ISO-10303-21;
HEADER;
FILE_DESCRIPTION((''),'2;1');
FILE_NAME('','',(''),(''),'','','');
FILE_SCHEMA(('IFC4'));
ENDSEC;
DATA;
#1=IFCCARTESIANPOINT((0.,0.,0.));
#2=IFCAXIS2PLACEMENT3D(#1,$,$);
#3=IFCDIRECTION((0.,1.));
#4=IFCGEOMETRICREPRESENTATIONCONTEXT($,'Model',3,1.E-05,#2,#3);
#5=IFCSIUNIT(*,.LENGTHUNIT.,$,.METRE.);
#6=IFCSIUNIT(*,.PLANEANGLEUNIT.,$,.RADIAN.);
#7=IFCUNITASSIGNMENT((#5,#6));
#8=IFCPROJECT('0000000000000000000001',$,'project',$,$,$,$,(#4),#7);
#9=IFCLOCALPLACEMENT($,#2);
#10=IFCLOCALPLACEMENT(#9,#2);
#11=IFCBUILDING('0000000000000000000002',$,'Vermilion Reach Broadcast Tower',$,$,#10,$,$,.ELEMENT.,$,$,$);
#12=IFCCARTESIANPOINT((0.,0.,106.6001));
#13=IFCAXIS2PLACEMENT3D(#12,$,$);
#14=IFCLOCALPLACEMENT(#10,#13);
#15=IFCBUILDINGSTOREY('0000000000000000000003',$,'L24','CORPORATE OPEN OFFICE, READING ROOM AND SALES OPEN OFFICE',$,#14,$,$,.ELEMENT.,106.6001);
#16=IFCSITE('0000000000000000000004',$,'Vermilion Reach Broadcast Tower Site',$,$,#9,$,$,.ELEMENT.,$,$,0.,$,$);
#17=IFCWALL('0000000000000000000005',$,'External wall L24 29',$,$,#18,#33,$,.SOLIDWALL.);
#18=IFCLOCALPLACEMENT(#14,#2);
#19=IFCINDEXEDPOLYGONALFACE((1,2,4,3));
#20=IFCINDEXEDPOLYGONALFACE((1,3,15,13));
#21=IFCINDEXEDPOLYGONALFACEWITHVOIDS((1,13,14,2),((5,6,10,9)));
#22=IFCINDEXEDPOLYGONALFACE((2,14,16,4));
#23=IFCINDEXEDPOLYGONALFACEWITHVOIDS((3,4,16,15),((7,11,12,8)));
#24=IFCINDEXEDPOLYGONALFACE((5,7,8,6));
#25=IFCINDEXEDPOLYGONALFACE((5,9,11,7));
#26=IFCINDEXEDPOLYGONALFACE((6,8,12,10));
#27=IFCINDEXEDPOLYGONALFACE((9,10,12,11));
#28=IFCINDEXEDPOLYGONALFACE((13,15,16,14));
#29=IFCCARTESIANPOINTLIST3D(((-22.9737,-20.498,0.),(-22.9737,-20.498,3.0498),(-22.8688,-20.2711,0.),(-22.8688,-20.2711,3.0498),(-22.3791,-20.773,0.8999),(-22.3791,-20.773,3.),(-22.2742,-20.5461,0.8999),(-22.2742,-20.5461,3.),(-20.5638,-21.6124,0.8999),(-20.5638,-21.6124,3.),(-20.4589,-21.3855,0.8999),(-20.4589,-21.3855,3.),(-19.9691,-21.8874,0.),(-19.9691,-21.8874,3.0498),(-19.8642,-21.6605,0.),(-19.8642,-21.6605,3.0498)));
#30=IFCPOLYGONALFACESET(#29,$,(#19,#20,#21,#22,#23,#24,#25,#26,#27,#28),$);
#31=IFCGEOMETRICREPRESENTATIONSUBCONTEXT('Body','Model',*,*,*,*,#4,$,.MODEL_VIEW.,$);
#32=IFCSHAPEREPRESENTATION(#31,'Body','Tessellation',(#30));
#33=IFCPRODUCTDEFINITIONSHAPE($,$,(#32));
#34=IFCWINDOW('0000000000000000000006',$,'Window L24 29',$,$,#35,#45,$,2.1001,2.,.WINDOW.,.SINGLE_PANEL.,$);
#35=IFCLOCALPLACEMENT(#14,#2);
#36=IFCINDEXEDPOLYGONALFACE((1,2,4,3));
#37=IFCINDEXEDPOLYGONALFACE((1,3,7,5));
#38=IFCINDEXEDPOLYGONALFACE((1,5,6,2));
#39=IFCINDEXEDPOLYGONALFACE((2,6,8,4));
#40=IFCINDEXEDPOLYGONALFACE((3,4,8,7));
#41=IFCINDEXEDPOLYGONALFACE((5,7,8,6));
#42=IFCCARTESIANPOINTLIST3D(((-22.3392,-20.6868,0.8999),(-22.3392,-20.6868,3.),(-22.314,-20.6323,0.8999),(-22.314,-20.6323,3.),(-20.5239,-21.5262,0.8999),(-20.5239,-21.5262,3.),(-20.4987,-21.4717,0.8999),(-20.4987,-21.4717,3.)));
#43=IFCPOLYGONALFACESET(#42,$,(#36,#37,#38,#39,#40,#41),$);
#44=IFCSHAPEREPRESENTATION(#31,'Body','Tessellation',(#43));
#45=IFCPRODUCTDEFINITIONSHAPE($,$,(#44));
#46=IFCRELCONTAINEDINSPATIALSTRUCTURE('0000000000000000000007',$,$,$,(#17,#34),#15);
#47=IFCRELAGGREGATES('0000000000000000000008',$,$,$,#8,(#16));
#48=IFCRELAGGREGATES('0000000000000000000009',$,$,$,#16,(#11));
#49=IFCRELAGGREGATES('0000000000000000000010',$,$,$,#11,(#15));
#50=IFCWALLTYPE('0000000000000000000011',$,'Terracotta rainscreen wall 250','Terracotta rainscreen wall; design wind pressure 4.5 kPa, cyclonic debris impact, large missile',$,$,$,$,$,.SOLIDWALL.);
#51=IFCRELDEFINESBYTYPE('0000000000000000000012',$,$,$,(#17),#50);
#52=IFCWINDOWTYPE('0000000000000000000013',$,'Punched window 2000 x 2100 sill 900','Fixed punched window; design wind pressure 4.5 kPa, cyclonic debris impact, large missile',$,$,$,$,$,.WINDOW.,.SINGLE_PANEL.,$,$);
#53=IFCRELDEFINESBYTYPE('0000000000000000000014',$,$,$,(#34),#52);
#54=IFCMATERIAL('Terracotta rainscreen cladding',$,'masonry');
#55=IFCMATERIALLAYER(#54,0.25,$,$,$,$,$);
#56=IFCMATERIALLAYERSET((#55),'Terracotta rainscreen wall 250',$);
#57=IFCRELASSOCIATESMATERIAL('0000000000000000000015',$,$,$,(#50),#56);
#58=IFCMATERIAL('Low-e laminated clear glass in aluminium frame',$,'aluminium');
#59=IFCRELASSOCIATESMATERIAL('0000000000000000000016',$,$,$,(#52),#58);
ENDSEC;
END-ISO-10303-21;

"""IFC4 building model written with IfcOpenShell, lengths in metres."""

from ifc_helpers import new_model, si_unit, direction, frame, frame_2d, origin, place, context, subcontext, project, spatial, rectangle, extrude, material, layer, layer_set, type_object, element, fill, save


model = new_model("IFC4")

# Units and contexts
model_context = context("Model", 3, precision=1e-05, world=origin(), true_north=direction((0.0, 1.0)))
body_context = subcontext(model_context, "Body", "Model", "MODEL_VIEW")
ifc_project = project(units=[si_unit("LENGTHUNIT", "METRE"), si_unit("PLANEANGLEUNIT", "RADIAN")], contexts=[model_context])

# Site, building, storey
site_placement = place(None, origin())
site = spatial("IfcSite", under=ifc_project, at=site_placement, Name="Vermilion Reach Broadcast Tower Site", CompositionType="ELEMENT", RefElevation=0.0)
building_placement = place(site_placement, origin())
building = spatial("IfcBuilding", under=site, at=building_placement, Name="Vermilion Reach Broadcast Tower", CompositionType="ELEMENT")
storey_placement = place(building_placement, frame((0.0, 0.0, 106.6001)))
storey = spatial("IfcBuildingStorey", under=building, at=storey_placement, Name="L24", Description="CORPORATE OPEN OFFICE, READING ROOM AND SALES OPEN OFFICE", CompositionType="ELEMENT", Elevation=106.6001)

# Shared definitions
ifc_material_1 = material(Name="Terracotta rainscreen cladding", Category="masonry")
ifc_layer_1 = layer(ifc_material_1, 0.25)
ifc_layer_set_1 = layer_set([ifc_layer_1], Name="Terracotta rainscreen wall 250")
wall_type_1 = type_object("IfcWallType", Name="Terracotta rainscreen wall 250", Description="Terracotta rainscreen wall; design wind pressure 4.5 kPa, cyclonic debris impact, large missile", PredefinedType="SOLIDWALL", material=ifc_layer_set_1)

# Shared definitions
ifc_material_2 = material(Name="Low-e laminated clear glass in aluminium frame", Category="aluminium")
window_type = type_object("IfcWindowType", Name="Punched window 2000 x 2100 sill 900", Description="Fixed punched window; design wind pressure 4.5 kPa, cyclonic debris impact, large missile", PartitioningType="SINGLE_PANEL", PredefinedType="WINDOW", material=ifc_material_2)

# Wall, opening, window
wall_1_placement = place(storey_placement, frame((-22.9214, -20.3845, 0.0), z_axis=(0.0, 0.0, 1.0), x_axis=(0.907655, -0.419718, 0.0)))
wall_1 = element("IfcWall", 1, at=wall_1_placement, inside=storey, type_object=wall_type_1, Name="External wall L24 29", PredefinedType="SOLIDWALL", context=body_context, shape_type="SweptSolid", body=[
    extrude(rectangle(XDim=3.3103, YDim=0.25, at=frame_2d((1.6553, 0.0))), origin(), (0.0, 0.0, 1.0), 3.0498),
])
opening_1_placement = place(wall_1_placement, frame((0.6553, 0.0, 0.8999)))
opening_1 = element("IfcOpeningElement", 2, at=opening_1_placement, cuts=wall_1, PredefinedType="OPENING", context=body_context, shape_type="SweptSolid", body=[
    extrude(rectangle(XDim=2.0, YDim=2.1001, at=frame_2d((1.0, 1.05))), frame((0.0, 0.135, 0.0), z_axis=(0.0, -1.0, 0.0), x_axis=(1.0, 0.0, 0.0)), (0.0, 0.0, 1.0), 0.27),
])
window_1_placement = place(opening_1_placement, origin())
window_1 = element("IfcWindow", 3, at=window_1_placement, inside=storey, type_object=window_type, Name="Window L24 29", OverallHeight=2.1001, OverallWidth=2.0, PartitioningType="SINGLE_PANEL", PredefinedType="WINDOW", context=body_context, shape_type="SweptSolid", body=[
    extrude(rectangle(XDim=2.0, YDim=2.1001, at=frame_2d((1.0, 1.05))), frame((0.0, 0.03, 0.0), z_axis=(0.0, -1.0, 0.0), x_axis=(1.0, 0.0, 0.0)), (0.0, 0.0, 1.0), 0.0601),
])
fill(opening_1, window_1)

save(model, "model.ifc")
